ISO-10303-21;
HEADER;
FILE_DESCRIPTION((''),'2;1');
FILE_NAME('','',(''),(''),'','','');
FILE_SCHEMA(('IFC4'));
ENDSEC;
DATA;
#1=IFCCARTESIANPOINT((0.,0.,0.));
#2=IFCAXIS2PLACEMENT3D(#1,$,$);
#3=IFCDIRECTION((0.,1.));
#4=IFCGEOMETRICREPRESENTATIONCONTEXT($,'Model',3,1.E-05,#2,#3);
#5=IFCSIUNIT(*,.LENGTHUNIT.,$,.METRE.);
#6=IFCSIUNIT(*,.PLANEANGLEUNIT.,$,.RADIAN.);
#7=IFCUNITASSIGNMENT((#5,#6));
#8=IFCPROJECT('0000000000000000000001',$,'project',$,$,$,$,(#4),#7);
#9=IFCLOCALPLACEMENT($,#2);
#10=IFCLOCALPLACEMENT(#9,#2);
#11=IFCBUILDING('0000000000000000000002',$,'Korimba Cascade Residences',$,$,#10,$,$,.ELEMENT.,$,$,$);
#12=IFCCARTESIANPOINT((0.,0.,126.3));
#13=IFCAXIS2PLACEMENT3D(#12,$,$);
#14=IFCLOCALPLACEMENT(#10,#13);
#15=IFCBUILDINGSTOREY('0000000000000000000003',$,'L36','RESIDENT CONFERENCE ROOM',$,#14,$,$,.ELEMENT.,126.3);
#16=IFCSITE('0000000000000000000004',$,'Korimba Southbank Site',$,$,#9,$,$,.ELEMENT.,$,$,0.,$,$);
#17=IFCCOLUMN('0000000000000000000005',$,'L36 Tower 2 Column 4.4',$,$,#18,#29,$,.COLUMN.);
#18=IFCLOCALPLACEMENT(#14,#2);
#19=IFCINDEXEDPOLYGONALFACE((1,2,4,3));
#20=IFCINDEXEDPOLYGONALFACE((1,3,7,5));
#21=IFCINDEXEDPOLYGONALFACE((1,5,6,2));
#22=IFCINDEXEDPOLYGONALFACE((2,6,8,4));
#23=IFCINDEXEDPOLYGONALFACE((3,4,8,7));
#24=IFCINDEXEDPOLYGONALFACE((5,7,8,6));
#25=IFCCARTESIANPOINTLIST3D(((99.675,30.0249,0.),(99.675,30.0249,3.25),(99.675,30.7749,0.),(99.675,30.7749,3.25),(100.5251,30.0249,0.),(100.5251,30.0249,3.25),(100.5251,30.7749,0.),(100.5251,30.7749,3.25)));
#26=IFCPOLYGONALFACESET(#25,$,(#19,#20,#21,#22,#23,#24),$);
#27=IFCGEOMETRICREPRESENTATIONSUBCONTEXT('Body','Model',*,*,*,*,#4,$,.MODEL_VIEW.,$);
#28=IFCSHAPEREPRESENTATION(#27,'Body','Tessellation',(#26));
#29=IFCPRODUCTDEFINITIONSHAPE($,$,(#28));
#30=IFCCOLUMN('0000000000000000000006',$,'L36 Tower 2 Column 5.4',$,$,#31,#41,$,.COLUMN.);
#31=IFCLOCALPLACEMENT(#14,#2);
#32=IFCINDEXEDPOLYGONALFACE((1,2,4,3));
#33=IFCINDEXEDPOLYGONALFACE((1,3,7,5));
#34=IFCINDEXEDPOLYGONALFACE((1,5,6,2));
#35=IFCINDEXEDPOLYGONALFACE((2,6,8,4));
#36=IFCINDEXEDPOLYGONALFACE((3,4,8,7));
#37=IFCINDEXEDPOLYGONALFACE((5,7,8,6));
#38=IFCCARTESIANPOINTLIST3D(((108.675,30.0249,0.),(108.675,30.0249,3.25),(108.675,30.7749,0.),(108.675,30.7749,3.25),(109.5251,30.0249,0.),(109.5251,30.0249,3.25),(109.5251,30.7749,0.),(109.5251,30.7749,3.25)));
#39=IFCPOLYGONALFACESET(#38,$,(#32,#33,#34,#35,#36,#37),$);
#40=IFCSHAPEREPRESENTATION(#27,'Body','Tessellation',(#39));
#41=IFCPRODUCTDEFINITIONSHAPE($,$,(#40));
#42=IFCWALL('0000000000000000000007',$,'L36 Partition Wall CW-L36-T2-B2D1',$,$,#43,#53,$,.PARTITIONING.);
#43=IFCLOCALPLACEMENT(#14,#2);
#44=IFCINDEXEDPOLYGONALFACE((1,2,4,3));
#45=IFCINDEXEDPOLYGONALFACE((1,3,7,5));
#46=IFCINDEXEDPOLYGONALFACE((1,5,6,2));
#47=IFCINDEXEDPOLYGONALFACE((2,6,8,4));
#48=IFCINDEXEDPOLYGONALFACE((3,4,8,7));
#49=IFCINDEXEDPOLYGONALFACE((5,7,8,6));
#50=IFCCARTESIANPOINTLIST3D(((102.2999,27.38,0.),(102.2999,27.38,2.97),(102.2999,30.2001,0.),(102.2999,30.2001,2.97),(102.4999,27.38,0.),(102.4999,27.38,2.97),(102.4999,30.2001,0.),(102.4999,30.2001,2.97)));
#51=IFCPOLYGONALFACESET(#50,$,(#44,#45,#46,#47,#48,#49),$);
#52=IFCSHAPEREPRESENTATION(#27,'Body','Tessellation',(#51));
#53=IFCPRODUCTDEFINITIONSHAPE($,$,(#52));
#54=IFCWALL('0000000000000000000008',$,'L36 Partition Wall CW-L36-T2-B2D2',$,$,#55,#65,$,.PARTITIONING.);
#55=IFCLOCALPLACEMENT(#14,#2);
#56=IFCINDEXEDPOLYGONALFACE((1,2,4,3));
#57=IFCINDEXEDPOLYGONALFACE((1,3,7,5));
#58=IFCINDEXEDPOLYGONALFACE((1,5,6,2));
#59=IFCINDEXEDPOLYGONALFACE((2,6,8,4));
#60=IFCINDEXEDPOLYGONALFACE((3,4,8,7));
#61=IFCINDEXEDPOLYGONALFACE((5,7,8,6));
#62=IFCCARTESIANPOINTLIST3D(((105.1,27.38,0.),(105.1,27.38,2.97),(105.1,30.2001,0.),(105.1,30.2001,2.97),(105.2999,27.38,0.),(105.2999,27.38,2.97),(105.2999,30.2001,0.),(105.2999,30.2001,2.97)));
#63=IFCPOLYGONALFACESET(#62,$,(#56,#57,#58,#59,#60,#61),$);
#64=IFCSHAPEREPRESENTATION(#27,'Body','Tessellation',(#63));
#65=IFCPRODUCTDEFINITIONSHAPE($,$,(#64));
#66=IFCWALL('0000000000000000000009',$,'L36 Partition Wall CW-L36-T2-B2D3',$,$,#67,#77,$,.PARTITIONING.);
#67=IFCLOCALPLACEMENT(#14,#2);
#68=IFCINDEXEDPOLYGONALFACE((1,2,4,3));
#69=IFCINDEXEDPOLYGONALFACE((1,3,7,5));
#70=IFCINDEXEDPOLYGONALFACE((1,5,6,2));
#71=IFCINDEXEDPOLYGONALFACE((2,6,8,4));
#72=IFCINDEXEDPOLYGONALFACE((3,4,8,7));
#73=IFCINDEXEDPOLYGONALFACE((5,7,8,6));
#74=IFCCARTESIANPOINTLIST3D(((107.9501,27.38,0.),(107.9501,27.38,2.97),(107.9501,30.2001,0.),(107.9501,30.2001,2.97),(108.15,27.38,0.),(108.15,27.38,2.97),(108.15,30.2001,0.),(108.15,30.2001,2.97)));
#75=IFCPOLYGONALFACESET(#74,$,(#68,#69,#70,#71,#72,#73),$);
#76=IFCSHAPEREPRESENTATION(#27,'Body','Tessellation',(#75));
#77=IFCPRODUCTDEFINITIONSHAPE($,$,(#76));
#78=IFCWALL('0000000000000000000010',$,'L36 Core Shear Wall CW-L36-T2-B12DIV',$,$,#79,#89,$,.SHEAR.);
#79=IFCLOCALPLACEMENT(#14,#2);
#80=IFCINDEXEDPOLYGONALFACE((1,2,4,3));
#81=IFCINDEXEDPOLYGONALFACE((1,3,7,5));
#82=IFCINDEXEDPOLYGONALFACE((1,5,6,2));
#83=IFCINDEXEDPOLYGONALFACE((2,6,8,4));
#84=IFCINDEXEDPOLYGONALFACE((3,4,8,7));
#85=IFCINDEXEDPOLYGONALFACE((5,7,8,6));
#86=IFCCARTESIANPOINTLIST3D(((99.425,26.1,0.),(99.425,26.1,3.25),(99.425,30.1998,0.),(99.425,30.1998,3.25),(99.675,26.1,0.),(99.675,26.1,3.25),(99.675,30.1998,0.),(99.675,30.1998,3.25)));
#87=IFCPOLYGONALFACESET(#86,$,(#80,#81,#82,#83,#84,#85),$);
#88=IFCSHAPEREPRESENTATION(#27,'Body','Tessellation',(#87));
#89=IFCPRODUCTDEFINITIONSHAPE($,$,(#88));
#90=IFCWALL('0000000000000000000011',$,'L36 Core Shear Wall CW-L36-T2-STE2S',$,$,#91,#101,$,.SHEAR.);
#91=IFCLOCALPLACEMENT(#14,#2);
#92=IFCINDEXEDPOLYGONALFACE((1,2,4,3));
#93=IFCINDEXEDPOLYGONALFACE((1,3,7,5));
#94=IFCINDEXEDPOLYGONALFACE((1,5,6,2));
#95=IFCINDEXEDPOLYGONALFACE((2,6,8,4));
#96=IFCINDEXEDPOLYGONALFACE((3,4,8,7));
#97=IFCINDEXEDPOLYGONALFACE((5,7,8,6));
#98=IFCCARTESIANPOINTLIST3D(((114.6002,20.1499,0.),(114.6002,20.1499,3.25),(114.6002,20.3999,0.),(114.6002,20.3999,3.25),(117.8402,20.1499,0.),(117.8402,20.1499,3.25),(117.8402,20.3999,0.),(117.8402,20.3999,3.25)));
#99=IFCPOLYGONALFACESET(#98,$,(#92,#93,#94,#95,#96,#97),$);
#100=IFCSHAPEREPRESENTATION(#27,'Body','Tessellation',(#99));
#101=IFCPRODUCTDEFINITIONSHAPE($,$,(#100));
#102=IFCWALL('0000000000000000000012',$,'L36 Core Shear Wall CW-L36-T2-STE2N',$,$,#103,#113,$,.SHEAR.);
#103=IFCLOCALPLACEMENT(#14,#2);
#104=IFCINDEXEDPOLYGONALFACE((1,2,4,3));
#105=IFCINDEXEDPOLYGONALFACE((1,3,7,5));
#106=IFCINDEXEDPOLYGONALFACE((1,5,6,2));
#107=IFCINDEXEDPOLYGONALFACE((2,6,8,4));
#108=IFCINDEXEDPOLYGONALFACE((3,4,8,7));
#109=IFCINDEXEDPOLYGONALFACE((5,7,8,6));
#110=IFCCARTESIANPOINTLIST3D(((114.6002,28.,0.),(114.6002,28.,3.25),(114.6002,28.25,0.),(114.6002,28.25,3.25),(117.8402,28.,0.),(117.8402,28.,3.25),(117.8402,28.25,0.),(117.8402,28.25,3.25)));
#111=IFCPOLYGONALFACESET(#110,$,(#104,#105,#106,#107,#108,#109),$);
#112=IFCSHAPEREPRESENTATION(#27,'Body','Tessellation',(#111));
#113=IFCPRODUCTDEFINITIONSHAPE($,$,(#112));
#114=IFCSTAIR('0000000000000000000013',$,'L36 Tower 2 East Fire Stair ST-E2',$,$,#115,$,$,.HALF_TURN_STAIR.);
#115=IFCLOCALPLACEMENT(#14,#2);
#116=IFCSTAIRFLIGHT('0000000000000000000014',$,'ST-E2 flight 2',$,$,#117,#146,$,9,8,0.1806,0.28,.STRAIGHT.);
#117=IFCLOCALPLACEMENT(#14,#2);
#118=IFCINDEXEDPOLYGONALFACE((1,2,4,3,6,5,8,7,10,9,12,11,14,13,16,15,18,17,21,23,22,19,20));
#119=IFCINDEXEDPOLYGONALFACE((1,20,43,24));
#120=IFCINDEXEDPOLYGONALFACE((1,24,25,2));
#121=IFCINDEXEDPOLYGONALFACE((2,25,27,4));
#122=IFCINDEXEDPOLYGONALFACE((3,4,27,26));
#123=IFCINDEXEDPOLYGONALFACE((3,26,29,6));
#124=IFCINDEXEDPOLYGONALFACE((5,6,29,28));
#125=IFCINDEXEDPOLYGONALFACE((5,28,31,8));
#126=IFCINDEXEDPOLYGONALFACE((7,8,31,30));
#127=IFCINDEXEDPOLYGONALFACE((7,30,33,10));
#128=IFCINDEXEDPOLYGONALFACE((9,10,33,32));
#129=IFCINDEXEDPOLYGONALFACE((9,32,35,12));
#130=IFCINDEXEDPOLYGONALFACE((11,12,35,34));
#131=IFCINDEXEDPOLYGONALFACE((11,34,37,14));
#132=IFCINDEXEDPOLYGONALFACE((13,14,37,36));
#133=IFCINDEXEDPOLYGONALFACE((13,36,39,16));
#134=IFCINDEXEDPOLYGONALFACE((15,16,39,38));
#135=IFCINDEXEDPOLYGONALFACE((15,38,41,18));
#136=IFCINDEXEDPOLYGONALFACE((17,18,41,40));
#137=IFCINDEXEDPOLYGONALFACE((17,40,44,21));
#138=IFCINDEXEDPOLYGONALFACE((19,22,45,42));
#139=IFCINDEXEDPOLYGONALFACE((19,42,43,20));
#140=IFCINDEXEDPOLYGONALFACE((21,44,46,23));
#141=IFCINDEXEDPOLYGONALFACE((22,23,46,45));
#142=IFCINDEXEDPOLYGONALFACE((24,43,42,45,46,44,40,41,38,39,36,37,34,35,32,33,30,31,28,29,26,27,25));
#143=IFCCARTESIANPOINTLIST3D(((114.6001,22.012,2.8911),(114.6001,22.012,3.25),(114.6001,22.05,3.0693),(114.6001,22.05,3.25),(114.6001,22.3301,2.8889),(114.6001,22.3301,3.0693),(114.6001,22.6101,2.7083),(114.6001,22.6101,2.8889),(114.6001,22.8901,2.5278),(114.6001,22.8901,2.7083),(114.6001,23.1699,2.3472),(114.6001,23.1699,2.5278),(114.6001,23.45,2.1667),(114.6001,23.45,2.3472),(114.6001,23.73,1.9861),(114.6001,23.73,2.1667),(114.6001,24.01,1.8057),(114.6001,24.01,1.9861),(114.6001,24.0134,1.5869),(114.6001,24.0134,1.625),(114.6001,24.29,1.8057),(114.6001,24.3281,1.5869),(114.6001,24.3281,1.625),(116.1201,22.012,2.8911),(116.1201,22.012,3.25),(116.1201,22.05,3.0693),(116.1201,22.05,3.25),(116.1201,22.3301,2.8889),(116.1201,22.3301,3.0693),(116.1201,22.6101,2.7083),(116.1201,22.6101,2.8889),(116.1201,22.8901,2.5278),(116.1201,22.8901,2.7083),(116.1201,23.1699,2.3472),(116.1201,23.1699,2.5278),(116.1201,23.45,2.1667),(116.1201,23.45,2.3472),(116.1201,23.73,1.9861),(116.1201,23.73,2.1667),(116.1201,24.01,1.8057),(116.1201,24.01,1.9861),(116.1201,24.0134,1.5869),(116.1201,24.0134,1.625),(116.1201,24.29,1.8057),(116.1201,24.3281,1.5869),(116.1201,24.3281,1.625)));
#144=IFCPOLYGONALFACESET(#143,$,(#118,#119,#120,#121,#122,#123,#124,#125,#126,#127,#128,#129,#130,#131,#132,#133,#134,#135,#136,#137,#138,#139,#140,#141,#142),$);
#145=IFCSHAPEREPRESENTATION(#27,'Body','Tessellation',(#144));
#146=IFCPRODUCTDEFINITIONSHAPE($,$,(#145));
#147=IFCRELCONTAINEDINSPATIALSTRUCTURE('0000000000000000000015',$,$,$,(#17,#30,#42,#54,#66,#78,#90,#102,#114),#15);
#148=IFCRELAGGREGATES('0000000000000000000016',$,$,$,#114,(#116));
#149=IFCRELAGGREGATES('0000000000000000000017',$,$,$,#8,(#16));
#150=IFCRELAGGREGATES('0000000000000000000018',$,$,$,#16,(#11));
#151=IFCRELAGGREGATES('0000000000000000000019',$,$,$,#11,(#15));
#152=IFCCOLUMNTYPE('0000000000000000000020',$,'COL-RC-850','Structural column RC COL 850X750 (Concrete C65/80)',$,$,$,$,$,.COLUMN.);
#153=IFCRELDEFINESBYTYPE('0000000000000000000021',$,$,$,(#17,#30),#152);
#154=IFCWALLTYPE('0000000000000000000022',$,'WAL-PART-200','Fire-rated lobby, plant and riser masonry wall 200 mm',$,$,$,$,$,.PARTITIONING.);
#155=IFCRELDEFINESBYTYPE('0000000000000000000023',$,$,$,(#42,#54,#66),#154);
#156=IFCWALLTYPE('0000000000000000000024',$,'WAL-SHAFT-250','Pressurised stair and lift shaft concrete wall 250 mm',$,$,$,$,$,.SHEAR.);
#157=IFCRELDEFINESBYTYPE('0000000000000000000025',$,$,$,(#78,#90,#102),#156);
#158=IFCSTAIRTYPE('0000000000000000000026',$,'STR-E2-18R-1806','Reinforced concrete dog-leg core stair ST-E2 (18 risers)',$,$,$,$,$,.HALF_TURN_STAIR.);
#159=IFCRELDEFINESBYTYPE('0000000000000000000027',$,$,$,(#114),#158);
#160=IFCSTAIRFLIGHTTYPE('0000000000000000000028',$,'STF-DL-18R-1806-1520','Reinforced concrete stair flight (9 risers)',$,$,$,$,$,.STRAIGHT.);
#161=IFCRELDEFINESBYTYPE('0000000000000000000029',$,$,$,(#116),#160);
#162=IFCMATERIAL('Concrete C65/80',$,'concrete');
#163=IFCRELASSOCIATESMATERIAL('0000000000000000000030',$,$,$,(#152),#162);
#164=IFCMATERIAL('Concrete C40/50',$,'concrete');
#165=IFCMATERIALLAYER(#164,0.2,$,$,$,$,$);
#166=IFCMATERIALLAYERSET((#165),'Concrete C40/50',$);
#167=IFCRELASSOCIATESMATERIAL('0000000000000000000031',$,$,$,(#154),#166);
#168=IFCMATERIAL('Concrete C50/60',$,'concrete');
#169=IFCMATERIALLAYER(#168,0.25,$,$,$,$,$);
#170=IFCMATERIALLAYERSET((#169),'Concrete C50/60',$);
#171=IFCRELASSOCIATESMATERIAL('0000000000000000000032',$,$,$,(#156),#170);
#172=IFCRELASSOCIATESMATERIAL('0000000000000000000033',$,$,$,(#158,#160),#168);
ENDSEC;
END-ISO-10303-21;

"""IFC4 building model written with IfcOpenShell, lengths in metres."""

from ifc_helpers import new_model, si_unit, direction, frame, frame_2d, origin, origin_2d, place, context, subcontext, project, spatial, polyline, rectangle, outline, extrude, material, layer, layer_set, material_profile, profile_set, type_object, element, aggregate, save


model = new_model("IFC4")

# Units and contexts
model_context = context("Model", 3, precision=1e-05, world=origin(), true_north=direction((0.0, 1.0)))
body_context = subcontext(model_context, "Body", "Model", "MODEL_VIEW")
ifc_project = project(units=[si_unit("LENGTHUNIT", "METRE"), si_unit("PLANEANGLEUNIT", "RADIAN")], contexts=[model_context])

# Site, building, storey
site_placement = place(None, origin())
site = spatial("IfcSite", under=ifc_project, at=site_placement, Name="Korimba Southbank Site", CompositionType="ELEMENT", RefElevation=0.0)
building_placement = place(site_placement, origin())
building = spatial("IfcBuilding", under=site, at=building_placement, Name="Korimba Cascade Residences", CompositionType="ELEMENT")
storey_placement = place(building_placement, frame((0.0, 0.0, 126.3)))
storey = spatial("IfcBuildingStorey", under=building, at=storey_placement, Name="L36", Description="RESIDENT CONFERENCE ROOM", CompositionType="ELEMENT", Elevation=126.3)

# Columns
ifc_material_1 = material(Name="Concrete C65/80", Category="concrete")
ifc_material_profile = material_profile(ifc_material_1, rectangle(XDim=0.8501, YDim=0.75, at=origin_2d()), Name="Concrete C65/80")
ifc_profile_set = profile_set([ifc_material_profile], Name="Concrete C65/80")
column_type = type_object("IfcColumnType", Name="COL-RC-850", Description="Structural column RC COL 850X750 (Concrete C65/80)", PredefinedType="COLUMN", material=ifc_profile_set)
for number, where, z_axis, x_axis, name in (
    (1, (100.1001, 30.3999, 0.0), (0.0, 0.0, 1.0), (1.0, 0.0, 0.0), "L36 Tower 2 Column 4.4"),
    (2, (109.1001, 30.3999, 0.0), (0.0, 0.0, 1.0), (1.0, 0.0, 0.0), "L36 Tower 2 Column 5.4"),
):
    element("IfcColumn", number, at=place(storey_placement, frame(where, z_axis=z_axis, x_axis=x_axis)), inside=storey, type_object=column_type, Name=name, PredefinedType="COLUMN", context=body_context, shape_type="SweptSolid", body=[
        extrude(rectangle(XDim=0.8501, YDim=0.75, at=origin_2d()), origin(), (0.0, 0.0, 1.0), 3.25),
    ])

# Walls
ifc_material_2 = material(Name="Concrete C40/50", Category="concrete")
ifc_layer_1 = layer(ifc_material_2, 0.2)
ifc_layer_set_1 = layer_set([ifc_layer_1], Name="Concrete C40/50")
wall_type_1 = type_object("IfcWallType", Name="WAL-PART-200", Description="Fire-rated lobby, plant and riser masonry wall 200 mm", PredefinedType="PARTITIONING", material=ifc_layer_set_1)
for number, where, z_axis, x_axis, name in (
    (3, (102.3999, 27.3799, 0.0), (0.0, 0.0, 1.0), (0.0, 1.0, 0.0), "L36 Partition Wall CW-L36-T2-B2D1"),
    (4, (105.2, 27.3799, 0.0), (0.0, 0.0, 1.0), (0.0, 1.0, 0.0), "L36 Partition Wall CW-L36-T2-B2D2"),
    (5, (108.05, 27.3799, 0.0), (0.0, 0.0, 1.0), (0.0, 1.0, 0.0), "L36 Partition Wall CW-L36-T2-B2D3"),
):
    element("IfcWall", number, at=place(storey_placement, frame(where, z_axis=z_axis, x_axis=x_axis)), inside=storey, type_object=wall_type_1, Name=name, PredefinedType="PARTITIONING", context=body_context, shape_type="SweptSolid", body=[
        extrude(rectangle(XDim=2.8201, YDim=0.2, at=frame_2d((1.4102, 0.0))), origin(), (0.0, 0.0, 1.0), 2.97),
    ])
ifc_material_3 = material(Name="Concrete C50/60", Category="concrete")
ifc_layer_2 = layer(ifc_material_3, 0.25)
ifc_layer_set_2 = layer_set([ifc_layer_2], Name="Concrete C50/60")
wall_type_2 = type_object("IfcWallType", Name="WAL-SHAFT-250", Description="Pressurised stair and lift shaft concrete wall 250 mm", PredefinedType="SHEAR", material=ifc_layer_set_2)
wall_1_placement = place(storey_placement, frame((99.55, 26.1001, 0.0), z_axis=(0.0, 0.0, 1.0), x_axis=(0.0, 1.0, 0.0)))
element("IfcWall", 6, at=wall_1_placement, inside=storey, type_object=wall_type_2, Name="L36 Core Shear Wall CW-L36-T2-B12DIV", PredefinedType="SHEAR", context=body_context, shape_type="SweptSolid", body=[
    extrude(rectangle(XDim=4.0999, YDim=0.25, at=frame_2d((2.0498, 0.0))), origin(), (0.0, 0.0, 1.0), 3.25),
])

# Walls
for number, where, z_axis, x_axis, name in (
    (7, (114.6001, 20.2749, 0.0), (0.0, 0.0, 1.0), (1.0, 0.0, 0.0), "L36 Core Shear Wall CW-L36-T2-STE2S"),
    (8, (114.6001, 28.125, 0.0), (0.0, 0.0, 1.0), (1.0, 0.0, 0.0), "L36 Core Shear Wall CW-L36-T2-STE2N"),
):
    element("IfcWall", number, at=place(storey_placement, frame(where, z_axis=z_axis, x_axis=x_axis)), inside=storey, type_object=wall_type_2, Name=name, PredefinedType="SHEAR", context=body_context, shape_type="SweptSolid", body=[
        extrude(rectangle(XDim=3.24, YDim=0.25, at=frame_2d((1.6201, 0.0))), origin(), (0.0, 0.0, 1.0), 3.25),
    ])

# Stair, stair flight
stair_type = type_object("IfcStairType", Name="STR-E2-18R-1806", Description="Reinforced concrete dog-leg core stair ST-E2 (18 risers)", PredefinedType="HALF_TURN_STAIR", material=ifc_material_3)
stair_placement = place(storey_placement, origin())
stair = element("IfcStair", 9, at=stair_placement, inside=storey, type_object=stair_type, Name="L36 Tower 2 East Fire Stair ST-E2", PredefinedType="HALF_TURN_STAIR")
stair_flight_type = type_object("IfcStairFlightType", Name="STF-DL-18R-1806-1520", Description="Reinforced concrete stair flight (9 risers)", PredefinedType="STRAIGHT", material=ifc_material_3)
stair_flight_placement = place(storey_placement, frame((115.3601, 24.29, 1.625), z_axis=(0.0, 0.0, 1.0), x_axis=(0.0, -1.0, 0.0)))
stair_flight = element("IfcStairFlight", 10, at=stair_flight_placement, type_object=stair_flight_type, Name="ST-E2 flight 2", NumberOfRisers=9, NumberOfTreads=8, PredefinedType="STRAIGHT", RiserHeight=0.1806, TreadLength=0.28, context=body_context, shape_type="SweptSolid", body=[
    extrude(outline(polyline([(-0.0381, 0.0), (0.0, 0.1807), (0.28, 0.1807), (0.28, 0.3611), (0.5601, 0.3611), (0.5601, 0.5417), (0.8401, 0.5417), (0.8401, 0.7222), (1.1201, 0.7222), (1.1201, 0.9028), (1.3999, 0.9028), (1.3999, 1.0833), (1.6799, 1.0833), (1.6799, 1.2639), (1.96, 1.2639), (1.96, 1.4443), (2.24, 1.4443), (2.24, 1.625), (2.2781, 1.625), (2.2781, 1.2661), (0.2766, 0.0), (0.2766, -0.0381), (-0.0381, -0.0381), (-0.0381, 0.0)])), frame((0.0, 0.76, 0.0), z_axis=(0.0, -1.0, 0.0), x_axis=(1.0, 0.0, 0.0)), (0.0, 0.0, 1.0), 1.52),
])
aggregate(stair, [stair_flight])

save(model, "model.ifc")
